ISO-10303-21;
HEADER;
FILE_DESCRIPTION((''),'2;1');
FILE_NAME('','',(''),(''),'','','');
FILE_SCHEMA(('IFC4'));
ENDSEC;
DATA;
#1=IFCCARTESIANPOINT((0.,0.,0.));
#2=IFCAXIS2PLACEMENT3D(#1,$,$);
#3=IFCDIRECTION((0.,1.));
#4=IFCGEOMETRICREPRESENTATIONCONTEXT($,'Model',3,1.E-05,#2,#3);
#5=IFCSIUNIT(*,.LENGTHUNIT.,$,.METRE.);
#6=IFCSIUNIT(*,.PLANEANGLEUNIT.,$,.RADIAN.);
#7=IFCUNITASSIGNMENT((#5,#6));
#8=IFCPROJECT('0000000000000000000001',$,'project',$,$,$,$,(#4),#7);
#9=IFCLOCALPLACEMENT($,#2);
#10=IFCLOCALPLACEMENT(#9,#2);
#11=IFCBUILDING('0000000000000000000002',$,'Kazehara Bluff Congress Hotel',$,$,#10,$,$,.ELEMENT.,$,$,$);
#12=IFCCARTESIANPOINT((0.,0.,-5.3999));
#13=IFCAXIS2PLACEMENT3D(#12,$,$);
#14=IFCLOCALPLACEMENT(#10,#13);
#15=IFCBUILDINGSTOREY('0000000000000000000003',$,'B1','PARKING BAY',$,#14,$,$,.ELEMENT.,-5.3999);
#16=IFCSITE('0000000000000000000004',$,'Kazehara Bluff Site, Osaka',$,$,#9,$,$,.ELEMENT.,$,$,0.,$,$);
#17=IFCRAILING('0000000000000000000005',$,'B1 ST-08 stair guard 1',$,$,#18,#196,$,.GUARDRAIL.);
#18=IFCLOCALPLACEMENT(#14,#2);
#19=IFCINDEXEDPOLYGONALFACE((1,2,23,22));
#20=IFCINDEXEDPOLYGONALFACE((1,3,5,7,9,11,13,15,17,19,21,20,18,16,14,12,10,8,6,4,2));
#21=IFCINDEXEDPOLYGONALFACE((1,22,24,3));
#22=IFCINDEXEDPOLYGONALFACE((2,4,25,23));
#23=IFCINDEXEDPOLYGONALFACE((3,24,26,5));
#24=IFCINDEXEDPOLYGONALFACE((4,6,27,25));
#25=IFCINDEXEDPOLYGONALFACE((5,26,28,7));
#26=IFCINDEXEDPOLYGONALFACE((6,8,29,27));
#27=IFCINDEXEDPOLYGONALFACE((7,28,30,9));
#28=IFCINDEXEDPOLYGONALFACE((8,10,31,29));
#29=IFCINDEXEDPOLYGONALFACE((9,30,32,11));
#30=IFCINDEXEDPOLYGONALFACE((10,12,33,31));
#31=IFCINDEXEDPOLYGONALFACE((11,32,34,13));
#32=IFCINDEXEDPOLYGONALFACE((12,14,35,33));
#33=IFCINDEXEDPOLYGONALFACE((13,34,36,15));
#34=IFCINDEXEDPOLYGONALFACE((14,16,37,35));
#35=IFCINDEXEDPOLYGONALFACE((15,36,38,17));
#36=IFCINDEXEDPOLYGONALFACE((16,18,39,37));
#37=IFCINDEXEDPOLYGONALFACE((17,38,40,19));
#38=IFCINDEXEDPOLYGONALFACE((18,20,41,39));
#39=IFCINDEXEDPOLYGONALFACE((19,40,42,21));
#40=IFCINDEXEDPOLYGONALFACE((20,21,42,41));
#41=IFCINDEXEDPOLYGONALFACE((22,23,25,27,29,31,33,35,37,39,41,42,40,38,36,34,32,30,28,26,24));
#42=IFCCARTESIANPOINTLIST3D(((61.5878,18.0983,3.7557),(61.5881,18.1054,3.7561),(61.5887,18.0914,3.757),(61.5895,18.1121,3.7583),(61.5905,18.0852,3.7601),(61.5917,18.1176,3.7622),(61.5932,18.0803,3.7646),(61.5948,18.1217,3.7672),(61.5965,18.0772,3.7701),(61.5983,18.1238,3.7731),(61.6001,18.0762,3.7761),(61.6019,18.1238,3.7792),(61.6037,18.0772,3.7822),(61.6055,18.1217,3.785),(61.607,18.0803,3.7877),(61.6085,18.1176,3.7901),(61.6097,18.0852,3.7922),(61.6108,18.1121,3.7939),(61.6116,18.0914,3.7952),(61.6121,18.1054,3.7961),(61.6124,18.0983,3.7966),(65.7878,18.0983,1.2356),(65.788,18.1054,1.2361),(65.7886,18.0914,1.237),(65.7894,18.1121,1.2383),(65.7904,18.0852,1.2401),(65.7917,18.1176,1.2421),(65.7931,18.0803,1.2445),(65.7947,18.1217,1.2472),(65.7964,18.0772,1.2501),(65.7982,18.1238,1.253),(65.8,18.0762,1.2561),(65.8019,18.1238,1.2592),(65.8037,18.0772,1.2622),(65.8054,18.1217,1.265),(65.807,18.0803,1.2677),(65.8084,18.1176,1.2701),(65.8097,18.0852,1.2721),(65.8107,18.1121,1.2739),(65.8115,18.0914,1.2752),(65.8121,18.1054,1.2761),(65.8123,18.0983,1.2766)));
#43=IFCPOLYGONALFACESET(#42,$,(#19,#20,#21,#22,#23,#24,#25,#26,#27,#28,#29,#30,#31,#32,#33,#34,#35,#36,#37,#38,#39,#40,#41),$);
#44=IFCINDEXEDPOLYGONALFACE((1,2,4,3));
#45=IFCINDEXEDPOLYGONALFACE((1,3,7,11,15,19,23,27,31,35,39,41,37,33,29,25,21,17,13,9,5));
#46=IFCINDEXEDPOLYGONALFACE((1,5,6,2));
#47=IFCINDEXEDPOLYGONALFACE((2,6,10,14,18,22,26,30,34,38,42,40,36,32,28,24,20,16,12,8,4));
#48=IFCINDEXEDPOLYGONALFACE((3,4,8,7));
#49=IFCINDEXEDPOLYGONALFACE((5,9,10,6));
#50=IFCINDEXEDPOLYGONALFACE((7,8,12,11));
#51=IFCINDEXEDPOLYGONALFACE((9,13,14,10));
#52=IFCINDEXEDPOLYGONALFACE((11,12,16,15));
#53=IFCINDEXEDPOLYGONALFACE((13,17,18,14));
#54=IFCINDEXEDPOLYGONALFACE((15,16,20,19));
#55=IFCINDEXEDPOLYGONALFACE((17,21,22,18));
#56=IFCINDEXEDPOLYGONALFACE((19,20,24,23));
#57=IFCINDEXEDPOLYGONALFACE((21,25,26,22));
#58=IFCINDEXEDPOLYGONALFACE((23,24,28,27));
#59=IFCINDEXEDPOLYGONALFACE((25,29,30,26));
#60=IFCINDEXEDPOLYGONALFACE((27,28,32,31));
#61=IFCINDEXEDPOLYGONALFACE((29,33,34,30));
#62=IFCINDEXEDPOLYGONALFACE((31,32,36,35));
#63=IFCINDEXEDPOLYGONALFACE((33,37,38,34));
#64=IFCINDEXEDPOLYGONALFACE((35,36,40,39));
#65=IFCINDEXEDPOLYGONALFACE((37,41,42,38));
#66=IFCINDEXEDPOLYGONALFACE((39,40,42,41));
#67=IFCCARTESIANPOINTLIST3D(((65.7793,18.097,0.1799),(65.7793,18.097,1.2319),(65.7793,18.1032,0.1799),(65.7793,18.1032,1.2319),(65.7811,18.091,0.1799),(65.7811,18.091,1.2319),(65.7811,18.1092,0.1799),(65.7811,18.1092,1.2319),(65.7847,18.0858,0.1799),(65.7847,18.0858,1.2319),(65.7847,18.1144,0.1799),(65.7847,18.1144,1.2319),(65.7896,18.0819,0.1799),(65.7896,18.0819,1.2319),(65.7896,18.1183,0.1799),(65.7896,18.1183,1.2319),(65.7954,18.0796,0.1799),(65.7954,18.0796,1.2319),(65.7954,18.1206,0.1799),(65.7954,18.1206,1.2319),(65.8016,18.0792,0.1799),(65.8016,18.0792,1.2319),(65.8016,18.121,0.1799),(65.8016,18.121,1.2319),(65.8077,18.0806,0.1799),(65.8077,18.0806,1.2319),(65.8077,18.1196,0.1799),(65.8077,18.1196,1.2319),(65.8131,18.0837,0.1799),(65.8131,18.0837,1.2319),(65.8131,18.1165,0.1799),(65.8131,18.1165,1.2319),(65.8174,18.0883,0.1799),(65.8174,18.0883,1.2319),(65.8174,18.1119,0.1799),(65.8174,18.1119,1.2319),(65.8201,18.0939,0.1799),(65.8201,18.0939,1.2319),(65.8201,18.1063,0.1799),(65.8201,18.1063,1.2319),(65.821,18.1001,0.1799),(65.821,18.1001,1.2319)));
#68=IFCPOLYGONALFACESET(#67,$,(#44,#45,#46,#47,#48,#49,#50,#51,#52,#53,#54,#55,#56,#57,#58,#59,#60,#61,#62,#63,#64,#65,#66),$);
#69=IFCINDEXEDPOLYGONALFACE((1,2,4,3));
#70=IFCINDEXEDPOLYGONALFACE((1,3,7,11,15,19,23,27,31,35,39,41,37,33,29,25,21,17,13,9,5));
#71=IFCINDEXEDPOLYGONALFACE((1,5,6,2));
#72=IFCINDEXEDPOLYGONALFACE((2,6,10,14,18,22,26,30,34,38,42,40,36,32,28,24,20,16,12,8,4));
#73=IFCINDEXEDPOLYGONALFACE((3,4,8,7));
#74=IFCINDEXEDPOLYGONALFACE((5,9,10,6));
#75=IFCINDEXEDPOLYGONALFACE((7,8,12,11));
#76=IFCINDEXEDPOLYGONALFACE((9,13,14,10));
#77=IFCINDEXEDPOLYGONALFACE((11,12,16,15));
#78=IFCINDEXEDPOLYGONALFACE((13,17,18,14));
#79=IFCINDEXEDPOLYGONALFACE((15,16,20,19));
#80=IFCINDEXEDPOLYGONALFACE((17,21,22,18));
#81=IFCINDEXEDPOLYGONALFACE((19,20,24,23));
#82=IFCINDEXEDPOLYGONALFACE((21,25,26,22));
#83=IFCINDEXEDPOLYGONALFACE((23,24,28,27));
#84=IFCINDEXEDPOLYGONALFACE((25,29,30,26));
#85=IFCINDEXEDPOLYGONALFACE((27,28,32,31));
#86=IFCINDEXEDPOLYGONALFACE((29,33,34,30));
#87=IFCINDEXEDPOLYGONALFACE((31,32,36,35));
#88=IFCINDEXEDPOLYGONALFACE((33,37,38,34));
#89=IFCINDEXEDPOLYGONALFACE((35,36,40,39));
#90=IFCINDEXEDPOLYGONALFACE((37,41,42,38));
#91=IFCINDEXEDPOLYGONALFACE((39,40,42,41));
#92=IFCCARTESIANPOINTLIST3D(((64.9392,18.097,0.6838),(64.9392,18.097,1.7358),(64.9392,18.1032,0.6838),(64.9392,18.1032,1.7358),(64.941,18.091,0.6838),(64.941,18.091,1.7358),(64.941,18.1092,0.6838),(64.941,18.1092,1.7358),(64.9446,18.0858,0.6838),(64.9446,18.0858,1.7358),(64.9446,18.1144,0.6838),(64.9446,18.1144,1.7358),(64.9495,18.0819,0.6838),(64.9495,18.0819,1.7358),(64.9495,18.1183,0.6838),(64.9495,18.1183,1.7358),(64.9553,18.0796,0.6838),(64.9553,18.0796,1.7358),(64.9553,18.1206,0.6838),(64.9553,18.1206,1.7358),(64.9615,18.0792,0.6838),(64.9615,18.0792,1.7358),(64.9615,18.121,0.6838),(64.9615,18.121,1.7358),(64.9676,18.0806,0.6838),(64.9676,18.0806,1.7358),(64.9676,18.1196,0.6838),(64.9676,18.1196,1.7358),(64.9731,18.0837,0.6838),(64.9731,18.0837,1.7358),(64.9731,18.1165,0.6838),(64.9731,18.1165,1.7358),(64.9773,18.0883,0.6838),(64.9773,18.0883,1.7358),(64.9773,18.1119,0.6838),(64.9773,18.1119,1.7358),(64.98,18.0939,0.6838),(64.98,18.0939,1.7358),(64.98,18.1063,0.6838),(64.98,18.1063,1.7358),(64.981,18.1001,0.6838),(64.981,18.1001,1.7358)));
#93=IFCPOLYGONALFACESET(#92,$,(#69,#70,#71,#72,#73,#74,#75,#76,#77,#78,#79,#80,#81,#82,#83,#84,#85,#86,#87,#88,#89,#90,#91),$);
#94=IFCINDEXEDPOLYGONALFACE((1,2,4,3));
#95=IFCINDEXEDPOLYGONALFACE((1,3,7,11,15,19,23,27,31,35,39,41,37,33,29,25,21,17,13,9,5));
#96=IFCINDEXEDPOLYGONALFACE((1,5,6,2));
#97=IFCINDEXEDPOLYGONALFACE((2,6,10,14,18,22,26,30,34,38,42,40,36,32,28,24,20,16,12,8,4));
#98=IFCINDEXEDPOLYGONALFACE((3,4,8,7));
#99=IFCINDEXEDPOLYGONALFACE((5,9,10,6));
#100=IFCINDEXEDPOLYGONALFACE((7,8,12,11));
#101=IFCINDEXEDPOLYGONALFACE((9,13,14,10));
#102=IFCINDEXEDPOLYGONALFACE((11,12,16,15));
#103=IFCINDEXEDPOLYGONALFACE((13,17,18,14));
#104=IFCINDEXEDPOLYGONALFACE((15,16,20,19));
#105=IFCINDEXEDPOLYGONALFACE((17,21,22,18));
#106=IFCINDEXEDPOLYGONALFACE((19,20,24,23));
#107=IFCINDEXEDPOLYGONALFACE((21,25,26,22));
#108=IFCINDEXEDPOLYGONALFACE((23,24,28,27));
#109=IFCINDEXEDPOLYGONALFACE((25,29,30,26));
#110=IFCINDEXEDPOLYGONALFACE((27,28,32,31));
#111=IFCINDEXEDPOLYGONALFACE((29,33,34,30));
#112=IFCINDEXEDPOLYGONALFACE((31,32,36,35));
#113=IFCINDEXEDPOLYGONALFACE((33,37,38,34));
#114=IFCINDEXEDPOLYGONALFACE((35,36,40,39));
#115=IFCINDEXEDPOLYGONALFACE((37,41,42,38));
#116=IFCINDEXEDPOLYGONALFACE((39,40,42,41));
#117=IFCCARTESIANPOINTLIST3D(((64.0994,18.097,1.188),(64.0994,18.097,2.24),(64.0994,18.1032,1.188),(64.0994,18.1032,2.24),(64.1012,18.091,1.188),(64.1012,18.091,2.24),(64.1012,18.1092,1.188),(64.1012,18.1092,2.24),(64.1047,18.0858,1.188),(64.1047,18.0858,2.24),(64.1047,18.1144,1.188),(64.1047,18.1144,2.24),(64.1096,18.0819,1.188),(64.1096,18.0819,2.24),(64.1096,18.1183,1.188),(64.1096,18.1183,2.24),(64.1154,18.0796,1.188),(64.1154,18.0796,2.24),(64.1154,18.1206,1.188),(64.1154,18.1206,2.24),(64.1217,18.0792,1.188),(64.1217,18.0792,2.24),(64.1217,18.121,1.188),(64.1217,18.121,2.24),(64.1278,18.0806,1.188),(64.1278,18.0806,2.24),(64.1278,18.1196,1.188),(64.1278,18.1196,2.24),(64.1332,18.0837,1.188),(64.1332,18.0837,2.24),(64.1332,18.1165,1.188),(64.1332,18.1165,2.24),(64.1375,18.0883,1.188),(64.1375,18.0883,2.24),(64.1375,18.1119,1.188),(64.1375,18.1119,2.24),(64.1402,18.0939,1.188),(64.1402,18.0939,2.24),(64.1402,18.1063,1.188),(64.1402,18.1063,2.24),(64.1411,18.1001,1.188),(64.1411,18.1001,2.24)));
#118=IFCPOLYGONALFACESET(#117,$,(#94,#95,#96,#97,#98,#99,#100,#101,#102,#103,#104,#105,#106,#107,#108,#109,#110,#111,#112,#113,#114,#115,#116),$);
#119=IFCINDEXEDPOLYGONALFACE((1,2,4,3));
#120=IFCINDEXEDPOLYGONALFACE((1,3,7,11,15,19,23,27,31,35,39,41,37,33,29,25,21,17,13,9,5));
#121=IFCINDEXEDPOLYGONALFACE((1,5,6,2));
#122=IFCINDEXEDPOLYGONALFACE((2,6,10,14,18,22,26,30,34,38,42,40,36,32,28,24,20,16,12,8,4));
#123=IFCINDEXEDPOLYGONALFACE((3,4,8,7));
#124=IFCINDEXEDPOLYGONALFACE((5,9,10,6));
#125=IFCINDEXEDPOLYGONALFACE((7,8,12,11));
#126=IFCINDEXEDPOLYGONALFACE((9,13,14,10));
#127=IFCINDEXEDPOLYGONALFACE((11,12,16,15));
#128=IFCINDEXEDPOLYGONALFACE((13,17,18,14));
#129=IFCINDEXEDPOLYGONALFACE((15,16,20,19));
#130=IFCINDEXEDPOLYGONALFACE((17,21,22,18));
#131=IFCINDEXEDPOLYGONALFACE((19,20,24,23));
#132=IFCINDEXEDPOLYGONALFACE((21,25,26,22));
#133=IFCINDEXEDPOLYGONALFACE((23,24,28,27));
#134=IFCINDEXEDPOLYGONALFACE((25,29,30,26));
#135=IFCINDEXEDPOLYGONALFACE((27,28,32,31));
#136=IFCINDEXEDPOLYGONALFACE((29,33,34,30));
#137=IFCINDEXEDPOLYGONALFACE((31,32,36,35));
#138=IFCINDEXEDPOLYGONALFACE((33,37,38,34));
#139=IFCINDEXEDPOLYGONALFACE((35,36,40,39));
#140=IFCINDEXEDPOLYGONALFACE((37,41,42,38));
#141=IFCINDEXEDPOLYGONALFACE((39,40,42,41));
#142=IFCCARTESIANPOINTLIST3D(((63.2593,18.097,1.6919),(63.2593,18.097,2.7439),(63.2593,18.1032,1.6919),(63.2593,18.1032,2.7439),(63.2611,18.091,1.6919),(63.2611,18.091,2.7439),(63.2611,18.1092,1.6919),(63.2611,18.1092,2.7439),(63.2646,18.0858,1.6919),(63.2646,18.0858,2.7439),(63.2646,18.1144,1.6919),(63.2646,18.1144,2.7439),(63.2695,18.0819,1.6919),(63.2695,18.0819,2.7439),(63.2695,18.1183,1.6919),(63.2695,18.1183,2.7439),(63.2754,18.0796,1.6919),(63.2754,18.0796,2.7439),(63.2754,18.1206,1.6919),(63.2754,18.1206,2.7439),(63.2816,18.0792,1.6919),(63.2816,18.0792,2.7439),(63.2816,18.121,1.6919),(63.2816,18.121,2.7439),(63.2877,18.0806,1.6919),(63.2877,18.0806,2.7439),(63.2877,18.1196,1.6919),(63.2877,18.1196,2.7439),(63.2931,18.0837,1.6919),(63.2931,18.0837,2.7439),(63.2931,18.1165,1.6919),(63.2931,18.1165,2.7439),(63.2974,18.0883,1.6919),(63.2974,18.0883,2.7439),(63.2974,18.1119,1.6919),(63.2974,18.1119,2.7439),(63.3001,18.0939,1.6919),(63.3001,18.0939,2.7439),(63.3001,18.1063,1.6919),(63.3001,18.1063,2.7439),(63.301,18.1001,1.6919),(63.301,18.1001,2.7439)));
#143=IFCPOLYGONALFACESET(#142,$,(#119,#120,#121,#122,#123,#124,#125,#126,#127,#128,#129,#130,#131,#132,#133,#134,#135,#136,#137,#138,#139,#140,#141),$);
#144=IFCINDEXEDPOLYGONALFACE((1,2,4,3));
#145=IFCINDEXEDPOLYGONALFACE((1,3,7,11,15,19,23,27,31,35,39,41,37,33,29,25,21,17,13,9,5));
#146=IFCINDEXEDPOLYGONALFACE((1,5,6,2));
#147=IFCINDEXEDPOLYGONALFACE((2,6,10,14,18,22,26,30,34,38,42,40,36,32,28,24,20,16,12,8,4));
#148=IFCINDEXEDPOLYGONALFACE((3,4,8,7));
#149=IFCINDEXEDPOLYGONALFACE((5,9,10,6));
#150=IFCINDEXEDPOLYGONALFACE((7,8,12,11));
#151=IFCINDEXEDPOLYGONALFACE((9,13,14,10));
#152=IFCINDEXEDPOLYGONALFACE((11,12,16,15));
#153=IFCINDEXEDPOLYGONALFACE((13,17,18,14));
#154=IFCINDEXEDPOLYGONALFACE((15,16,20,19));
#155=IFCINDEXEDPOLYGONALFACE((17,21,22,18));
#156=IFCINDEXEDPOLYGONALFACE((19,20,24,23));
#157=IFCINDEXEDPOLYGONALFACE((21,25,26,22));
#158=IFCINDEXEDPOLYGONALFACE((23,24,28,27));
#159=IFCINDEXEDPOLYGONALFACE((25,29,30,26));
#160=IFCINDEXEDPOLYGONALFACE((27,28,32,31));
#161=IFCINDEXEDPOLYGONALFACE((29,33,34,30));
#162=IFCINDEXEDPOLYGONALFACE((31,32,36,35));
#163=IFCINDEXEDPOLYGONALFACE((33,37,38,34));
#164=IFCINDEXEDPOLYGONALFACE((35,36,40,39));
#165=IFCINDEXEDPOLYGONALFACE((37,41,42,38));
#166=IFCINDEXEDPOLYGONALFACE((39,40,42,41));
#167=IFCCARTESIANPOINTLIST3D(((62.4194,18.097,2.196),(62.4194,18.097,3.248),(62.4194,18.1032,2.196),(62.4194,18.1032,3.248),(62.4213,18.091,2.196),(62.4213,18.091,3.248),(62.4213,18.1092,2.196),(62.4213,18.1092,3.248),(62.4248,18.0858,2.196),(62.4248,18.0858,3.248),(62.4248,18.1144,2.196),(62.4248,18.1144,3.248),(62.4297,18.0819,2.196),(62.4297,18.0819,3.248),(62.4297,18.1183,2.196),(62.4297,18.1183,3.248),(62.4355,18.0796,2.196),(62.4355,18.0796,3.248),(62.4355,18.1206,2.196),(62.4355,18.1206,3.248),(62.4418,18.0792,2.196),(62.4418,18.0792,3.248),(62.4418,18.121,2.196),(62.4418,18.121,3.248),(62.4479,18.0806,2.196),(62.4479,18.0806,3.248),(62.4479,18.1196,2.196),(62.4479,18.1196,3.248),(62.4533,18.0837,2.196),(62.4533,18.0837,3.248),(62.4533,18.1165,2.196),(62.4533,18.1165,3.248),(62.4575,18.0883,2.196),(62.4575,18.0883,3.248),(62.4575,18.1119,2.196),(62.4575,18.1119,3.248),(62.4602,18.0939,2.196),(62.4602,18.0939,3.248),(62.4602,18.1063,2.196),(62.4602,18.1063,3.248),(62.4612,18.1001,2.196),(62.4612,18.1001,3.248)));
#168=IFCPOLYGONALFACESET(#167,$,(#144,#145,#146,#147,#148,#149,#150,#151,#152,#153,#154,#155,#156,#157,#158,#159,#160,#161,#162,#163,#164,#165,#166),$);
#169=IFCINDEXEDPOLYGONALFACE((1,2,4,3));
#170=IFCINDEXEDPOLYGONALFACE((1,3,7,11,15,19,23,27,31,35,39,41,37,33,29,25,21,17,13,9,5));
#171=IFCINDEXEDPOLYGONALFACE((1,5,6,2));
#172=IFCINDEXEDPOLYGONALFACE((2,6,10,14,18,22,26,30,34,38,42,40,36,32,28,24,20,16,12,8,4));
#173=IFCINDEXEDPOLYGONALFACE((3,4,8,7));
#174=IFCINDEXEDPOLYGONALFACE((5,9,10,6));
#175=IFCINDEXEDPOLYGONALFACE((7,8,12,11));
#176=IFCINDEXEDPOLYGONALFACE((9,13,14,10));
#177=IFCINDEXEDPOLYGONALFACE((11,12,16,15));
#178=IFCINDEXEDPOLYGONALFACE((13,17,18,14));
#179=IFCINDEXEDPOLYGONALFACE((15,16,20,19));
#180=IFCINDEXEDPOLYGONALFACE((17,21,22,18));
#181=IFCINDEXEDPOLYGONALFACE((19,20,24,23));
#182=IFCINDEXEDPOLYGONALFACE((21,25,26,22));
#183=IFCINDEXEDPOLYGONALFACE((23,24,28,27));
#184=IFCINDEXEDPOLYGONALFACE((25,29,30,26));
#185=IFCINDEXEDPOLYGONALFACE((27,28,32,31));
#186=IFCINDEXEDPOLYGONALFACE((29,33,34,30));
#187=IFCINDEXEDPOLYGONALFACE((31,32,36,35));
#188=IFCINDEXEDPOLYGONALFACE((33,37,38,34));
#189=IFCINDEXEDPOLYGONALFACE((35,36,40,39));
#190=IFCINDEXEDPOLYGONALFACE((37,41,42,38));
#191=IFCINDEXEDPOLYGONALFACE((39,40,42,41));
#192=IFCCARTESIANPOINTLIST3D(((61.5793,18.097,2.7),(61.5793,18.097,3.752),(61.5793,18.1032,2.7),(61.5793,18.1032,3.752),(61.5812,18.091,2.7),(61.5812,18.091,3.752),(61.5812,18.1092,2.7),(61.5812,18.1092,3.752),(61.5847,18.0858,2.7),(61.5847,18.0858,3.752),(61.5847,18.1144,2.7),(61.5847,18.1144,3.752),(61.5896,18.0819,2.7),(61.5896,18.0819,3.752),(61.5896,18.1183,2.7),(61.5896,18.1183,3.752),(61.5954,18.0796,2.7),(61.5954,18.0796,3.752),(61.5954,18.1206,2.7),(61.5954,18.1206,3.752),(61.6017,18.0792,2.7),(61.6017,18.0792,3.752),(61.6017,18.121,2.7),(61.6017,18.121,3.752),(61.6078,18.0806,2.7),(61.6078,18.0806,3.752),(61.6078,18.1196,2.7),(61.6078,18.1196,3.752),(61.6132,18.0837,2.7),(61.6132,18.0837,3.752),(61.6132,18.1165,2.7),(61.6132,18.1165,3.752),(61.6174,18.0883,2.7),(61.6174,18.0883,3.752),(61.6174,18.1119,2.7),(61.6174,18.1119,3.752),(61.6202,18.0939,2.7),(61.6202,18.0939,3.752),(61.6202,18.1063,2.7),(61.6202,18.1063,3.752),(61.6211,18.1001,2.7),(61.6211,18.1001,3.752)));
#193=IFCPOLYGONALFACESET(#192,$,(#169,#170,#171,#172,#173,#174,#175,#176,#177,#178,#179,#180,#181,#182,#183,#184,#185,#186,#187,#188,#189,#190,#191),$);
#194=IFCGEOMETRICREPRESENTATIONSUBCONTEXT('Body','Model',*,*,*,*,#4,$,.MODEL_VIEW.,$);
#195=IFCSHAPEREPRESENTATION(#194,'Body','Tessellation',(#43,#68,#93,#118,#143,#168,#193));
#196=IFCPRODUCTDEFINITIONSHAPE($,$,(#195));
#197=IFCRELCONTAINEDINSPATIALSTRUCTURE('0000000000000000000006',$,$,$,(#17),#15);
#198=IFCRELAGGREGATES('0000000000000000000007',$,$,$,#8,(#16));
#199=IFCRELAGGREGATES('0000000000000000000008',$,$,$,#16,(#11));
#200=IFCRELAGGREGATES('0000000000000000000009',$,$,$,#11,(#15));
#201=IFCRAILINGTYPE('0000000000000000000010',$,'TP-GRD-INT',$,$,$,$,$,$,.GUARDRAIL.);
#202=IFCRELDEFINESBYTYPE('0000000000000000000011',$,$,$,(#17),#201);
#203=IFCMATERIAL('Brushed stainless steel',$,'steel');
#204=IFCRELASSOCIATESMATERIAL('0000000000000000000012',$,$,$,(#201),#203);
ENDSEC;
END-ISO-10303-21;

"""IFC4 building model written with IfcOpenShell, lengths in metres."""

from ifc_helpers import new_model, si_unit, direction, frame, origin, origin_2d, place, context, subcontext, project, spatial, circle, extrude, material, type_object, element, save


model = new_model("IFC4")

# Units and contexts
model_context = context("Model", 3, precision=1e-05, world=origin(), true_north=direction((0.0, 1.0)))
body_context = subcontext(model_context, "Body", "Model", "MODEL_VIEW")
ifc_project = project(units=[si_unit("LENGTHUNIT", "METRE"), si_unit("PLANEANGLEUNIT", "RADIAN")], contexts=[model_context])

# Site, building, storey
site_placement = place(None, origin())
site = spatial("IfcSite", under=ifc_project, at=site_placement, Name="Kazehara Bluff Site, Osaka", CompositionType="ELEMENT", RefElevation=0.0)
building_placement = place(site_placement, origin())
building = spatial("IfcBuilding", under=site, at=building_placement, Name="Kazehara Bluff Congress Hotel", CompositionType="ELEMENT")
storey_placement = place(building_placement, frame((0.0, 0.0, -5.3999)))
storey = spatial("IfcBuildingStorey", under=building, at=storey_placement, Name="B1", Description="PARKING BAY", CompositionType="ELEMENT", Elevation=-5.3999)

# Railing
ifc_material_1 = material(Name="Brushed stainless steel", Category="steel")
railing_type_1 = type_object("IfcRailingType", Name="TP-GRD-INT", PredefinedType="GUARDRAIL", material=ifc_material_1)
railing_1_placement = place(storey_placement, frame((65.8, 18.1001, 0.1799)))
element("IfcRailing", 1, at=railing_1_placement, inside=storey, type_object=railing_type_1, Name="B1 ST-08 stair guard 1", PredefinedType="GUARDRAIL", context=body_context, shape_type="SweptSolid", body=[
    extrude(circle(Radius=0.0239, at=origin_2d()), frame((0.0, 0.0, 1.0762), z_axis=(-0.857489, 0.0, 0.514503), x_axis=(0.0, -1.0, 0.0)), (0.0, 0.0, 1.0), 4.8979),
    extrude(circle(Radius=0.021, at=origin_2d()), origin(), (0.0, 0.0, 1.0), 1.052),
    extrude(circle(Radius=0.021, at=origin_2d()), frame((-0.8401, 0.0, 0.5039)), (0.0, 0.0, 1.0), 1.052),
    extrude(circle(Radius=0.021, at=origin_2d()), frame((-1.6799, 0.0, 1.0081)), (0.0, 0.0, 1.0), 1.052),
    extrude(circle(Radius=0.021, at=origin_2d()), frame((-2.52, 0.0, 1.512)), (0.0, 0.0, 1.0), 1.052),
    extrude(circle(Radius=0.021, at=origin_2d()), frame((-3.3599, 0.0, 2.0161)), (0.0, 0.0, 1.0), 1.052),
    extrude(circle(Radius=0.021, at=origin_2d()), frame((-4.2, 0.0, 2.52)), (0.0, 0.0, 1.0), 1.052),
])

save(model, "model.ifc")
